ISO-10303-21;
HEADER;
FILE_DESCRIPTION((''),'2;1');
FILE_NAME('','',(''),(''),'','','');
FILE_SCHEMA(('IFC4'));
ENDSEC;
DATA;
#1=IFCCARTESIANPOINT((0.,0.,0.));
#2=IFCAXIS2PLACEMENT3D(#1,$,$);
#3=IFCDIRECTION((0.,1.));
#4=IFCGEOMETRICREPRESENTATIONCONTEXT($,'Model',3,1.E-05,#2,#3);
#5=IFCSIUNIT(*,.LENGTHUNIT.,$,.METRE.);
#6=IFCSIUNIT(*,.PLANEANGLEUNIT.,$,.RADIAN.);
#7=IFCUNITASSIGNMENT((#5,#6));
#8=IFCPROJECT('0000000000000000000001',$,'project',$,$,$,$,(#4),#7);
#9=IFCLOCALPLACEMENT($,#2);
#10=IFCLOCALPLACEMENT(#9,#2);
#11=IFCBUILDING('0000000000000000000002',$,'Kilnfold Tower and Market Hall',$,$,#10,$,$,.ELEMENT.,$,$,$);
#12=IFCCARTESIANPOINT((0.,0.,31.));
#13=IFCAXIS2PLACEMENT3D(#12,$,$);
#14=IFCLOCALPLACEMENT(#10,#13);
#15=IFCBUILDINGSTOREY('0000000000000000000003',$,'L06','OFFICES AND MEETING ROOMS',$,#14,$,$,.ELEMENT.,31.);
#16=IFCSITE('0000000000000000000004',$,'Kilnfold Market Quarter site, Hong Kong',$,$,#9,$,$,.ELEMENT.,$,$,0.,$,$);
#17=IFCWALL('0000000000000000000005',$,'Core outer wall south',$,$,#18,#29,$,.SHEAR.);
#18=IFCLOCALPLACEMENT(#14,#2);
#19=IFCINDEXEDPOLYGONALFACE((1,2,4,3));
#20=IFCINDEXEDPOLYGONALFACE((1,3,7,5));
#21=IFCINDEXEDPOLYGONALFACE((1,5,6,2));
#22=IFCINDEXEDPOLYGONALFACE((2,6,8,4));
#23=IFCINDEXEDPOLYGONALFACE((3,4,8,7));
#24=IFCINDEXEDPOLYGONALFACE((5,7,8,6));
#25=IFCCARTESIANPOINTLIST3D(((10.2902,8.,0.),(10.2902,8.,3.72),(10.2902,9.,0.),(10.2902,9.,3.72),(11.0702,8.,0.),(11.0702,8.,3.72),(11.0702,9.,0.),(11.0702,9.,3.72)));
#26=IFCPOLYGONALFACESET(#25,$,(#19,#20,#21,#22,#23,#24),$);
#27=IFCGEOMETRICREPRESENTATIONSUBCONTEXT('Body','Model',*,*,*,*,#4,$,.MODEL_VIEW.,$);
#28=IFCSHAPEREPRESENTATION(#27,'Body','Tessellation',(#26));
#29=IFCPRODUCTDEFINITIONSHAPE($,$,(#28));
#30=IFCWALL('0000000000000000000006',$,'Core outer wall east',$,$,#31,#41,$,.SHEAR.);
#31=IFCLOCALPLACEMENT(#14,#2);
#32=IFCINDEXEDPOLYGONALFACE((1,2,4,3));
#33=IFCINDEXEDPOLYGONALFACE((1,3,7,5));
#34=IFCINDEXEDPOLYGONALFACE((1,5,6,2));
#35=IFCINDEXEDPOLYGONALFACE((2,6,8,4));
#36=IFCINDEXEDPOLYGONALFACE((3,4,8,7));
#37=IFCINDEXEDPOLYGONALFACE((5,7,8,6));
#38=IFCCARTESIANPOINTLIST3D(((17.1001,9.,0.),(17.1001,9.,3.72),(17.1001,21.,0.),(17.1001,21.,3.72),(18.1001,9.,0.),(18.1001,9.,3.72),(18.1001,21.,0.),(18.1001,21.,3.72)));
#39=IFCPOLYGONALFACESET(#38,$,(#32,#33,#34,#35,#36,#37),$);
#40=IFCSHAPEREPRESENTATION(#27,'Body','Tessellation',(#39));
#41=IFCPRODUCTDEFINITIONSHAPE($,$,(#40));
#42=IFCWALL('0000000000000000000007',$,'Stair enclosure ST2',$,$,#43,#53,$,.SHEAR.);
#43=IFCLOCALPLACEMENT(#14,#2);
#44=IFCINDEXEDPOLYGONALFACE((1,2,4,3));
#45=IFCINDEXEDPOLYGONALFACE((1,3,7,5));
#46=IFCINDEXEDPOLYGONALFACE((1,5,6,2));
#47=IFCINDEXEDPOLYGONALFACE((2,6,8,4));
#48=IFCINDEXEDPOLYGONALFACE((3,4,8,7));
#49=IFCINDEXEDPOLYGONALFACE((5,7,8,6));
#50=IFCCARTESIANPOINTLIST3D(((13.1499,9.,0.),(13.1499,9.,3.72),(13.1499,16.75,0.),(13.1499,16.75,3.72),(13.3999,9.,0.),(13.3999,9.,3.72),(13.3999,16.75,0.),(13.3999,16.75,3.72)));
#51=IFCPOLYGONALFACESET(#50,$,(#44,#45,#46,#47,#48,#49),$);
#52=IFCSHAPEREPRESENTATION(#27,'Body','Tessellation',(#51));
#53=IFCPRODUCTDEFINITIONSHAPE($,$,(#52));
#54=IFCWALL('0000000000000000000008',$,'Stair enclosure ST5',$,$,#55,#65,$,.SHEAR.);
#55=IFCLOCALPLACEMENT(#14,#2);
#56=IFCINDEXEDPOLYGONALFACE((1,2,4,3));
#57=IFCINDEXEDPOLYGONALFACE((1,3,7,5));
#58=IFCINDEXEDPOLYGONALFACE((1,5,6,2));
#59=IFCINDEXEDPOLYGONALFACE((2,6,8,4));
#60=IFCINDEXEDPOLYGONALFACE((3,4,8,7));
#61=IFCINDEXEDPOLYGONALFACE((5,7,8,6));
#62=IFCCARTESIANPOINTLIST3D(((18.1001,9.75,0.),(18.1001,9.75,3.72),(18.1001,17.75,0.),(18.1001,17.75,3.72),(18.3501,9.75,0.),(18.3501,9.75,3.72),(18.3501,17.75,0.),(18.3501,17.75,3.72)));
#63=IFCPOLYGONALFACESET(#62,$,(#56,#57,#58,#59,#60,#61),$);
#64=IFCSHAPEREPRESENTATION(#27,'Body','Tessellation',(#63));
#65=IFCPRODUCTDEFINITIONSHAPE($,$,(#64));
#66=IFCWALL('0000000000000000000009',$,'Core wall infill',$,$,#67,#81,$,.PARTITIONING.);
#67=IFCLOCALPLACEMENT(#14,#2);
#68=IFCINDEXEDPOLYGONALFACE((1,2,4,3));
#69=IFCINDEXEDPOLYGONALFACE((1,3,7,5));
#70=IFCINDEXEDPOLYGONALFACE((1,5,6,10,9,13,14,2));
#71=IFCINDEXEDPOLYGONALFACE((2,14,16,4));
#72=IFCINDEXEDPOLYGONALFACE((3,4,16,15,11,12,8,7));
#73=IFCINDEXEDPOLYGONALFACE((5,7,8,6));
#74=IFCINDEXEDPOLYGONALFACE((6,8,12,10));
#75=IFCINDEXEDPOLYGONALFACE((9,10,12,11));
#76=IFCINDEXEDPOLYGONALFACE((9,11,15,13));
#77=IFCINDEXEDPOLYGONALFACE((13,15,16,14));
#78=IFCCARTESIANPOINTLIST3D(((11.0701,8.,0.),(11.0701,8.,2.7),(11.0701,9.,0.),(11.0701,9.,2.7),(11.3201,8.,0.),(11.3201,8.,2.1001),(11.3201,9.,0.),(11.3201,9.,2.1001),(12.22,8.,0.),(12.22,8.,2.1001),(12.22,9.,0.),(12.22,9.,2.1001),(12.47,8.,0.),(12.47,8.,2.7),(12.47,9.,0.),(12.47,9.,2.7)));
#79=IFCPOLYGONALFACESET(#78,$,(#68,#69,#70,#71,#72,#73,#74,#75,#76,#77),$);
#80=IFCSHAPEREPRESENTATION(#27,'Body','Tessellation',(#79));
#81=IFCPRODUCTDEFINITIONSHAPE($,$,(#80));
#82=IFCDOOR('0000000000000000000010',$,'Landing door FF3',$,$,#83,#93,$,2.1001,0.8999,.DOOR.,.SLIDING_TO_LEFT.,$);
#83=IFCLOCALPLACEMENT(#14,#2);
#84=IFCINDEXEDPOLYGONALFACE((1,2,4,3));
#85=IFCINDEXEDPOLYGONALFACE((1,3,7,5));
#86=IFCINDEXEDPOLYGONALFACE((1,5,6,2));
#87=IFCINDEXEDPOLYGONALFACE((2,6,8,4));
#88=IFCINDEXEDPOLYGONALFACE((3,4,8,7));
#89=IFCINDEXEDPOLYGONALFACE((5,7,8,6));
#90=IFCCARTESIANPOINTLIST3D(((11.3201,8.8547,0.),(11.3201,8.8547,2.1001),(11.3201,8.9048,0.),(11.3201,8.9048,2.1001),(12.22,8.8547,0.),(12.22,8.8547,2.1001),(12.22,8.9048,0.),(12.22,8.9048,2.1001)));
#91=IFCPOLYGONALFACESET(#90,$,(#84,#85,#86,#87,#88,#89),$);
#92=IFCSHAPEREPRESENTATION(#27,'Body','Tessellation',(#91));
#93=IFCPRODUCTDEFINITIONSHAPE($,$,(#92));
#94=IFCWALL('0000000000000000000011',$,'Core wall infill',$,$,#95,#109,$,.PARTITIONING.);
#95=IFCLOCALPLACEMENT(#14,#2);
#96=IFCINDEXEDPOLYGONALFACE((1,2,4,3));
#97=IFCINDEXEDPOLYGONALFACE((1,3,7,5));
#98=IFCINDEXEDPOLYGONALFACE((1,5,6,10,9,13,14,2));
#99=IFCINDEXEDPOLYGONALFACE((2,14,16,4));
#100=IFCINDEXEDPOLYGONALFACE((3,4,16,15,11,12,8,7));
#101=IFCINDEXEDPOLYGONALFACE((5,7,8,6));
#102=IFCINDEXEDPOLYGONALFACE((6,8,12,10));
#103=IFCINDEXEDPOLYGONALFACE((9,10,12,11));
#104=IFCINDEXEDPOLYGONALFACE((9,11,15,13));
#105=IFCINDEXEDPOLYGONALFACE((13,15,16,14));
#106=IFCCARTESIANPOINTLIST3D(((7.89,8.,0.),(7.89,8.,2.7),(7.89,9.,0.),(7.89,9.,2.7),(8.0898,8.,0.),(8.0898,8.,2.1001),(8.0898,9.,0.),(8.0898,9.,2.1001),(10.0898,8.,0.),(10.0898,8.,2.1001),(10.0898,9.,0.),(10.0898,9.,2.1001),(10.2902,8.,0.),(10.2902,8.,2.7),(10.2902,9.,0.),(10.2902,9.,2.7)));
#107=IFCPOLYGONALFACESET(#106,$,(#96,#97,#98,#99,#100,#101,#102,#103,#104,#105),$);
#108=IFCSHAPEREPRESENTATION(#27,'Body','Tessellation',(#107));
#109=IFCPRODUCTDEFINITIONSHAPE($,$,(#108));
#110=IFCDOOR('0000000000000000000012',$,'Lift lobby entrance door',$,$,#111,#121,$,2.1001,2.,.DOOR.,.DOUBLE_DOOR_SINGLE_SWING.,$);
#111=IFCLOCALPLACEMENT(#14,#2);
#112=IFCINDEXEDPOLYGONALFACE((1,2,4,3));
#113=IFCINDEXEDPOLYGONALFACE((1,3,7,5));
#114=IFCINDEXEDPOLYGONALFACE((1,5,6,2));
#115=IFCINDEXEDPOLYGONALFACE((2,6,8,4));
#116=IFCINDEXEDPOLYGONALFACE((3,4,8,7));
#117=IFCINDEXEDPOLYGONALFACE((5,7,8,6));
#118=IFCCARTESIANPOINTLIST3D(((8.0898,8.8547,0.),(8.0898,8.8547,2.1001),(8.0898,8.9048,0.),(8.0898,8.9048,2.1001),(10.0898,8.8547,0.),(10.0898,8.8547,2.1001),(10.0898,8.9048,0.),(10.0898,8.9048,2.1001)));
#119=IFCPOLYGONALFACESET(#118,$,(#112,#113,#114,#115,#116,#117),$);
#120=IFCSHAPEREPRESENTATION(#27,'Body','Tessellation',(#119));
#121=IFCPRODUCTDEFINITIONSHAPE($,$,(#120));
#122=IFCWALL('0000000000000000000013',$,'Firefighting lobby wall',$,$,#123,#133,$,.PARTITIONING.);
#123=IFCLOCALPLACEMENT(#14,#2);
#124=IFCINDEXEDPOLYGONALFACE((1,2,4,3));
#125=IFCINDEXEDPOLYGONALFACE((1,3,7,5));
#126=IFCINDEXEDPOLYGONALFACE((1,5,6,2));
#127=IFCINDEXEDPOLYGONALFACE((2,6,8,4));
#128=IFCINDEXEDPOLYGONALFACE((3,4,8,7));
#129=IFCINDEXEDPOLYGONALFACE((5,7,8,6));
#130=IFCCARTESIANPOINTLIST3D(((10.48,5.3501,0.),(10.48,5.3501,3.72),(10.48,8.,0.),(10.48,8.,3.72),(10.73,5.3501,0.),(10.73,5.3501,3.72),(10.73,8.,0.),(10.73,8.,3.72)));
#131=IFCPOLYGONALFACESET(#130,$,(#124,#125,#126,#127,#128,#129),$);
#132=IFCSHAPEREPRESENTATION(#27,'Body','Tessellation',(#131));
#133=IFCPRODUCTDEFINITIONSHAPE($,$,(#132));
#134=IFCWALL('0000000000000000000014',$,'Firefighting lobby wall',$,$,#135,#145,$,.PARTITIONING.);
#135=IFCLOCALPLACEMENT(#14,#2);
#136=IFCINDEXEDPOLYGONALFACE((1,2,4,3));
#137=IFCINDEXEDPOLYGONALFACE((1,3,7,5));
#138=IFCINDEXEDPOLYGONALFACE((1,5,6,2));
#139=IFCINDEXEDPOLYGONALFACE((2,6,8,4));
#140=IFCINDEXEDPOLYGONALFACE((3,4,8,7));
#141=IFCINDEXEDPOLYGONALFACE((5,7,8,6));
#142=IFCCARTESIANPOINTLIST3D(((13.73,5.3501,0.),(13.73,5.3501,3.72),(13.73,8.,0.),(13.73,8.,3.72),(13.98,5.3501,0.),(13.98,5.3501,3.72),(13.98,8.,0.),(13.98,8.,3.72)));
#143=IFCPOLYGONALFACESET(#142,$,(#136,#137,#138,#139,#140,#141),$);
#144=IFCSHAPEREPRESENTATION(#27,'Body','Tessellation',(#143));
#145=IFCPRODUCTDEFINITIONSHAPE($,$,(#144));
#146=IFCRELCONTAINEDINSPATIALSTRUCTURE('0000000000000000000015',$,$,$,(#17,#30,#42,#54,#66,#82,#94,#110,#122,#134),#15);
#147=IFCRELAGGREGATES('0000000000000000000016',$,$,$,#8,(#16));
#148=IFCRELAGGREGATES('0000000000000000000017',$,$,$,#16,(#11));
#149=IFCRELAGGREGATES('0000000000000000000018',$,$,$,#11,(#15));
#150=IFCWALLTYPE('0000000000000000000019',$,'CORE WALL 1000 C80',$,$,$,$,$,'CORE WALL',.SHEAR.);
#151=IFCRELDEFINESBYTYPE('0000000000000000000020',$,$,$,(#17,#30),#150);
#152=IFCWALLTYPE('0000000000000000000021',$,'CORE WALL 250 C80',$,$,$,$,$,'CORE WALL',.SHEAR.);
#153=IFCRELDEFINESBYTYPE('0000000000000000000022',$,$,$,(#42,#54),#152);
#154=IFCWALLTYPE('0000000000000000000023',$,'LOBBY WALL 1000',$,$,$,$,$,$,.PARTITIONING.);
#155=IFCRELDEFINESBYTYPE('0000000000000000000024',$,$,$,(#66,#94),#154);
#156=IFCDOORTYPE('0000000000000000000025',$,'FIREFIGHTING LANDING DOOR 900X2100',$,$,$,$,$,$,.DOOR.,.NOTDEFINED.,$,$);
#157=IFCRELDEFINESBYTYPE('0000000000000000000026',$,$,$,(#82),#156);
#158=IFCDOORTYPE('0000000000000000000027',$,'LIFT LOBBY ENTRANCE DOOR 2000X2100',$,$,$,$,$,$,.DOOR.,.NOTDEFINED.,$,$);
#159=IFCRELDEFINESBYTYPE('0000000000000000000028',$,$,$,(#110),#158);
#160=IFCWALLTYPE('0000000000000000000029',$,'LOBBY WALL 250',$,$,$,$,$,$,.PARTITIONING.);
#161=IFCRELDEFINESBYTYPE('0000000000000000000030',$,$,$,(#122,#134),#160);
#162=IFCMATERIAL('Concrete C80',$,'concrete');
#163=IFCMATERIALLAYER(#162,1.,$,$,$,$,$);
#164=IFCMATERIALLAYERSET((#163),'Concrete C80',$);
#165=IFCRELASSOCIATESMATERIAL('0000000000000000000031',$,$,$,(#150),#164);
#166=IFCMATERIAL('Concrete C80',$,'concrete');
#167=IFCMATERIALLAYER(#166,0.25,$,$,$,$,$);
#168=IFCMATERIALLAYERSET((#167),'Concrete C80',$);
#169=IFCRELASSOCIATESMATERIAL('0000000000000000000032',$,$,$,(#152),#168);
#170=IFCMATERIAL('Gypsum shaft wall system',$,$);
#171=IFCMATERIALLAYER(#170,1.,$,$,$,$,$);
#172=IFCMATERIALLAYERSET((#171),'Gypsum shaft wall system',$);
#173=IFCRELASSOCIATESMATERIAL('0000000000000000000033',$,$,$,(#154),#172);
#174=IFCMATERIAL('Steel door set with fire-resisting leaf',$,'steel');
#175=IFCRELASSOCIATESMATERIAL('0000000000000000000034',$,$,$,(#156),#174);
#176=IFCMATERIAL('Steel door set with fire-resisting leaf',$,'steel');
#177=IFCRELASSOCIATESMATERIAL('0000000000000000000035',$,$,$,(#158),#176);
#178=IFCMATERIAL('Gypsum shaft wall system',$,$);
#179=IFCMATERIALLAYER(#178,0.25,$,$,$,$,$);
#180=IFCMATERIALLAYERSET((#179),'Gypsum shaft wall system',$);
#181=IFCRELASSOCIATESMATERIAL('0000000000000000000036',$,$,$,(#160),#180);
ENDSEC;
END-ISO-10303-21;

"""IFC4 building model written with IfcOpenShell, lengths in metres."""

from ifc_helpers import new_model, si_unit, direction, frame, frame_2d, origin, place, context, subcontext, project, spatial, rectangle, extrude, source, transform, mapped, material, layer, layer_set, type_object, element, fill, save


model = new_model("IFC4")

# Units and contexts
model_context = context("Model", 3, precision=1e-05, world=origin(), true_north=direction((0.0, 1.0)))
body_context = subcontext(model_context, "Body", "Model", "MODEL_VIEW")
ifc_project = project(units=[si_unit("LENGTHUNIT", "METRE"), si_unit("PLANEANGLEUNIT", "RADIAN")], contexts=[model_context])

# Site, building, storey
site_placement = place(None, origin())
site = spatial("IfcSite", under=ifc_project, at=site_placement, Name="Kilnfold Market Quarter site, Hong Kong", CompositionType="ELEMENT", RefElevation=0.0)
building_placement = place(site_placement, origin())
building = spatial("IfcBuilding", under=site, at=building_placement, Name="Kilnfold Tower and Market Hall", CompositionType="ELEMENT")
storey_placement = place(building_placement, frame((0.0, 0.0, 31.0)))
storey = spatial("IfcBuildingStorey", under=building, at=storey_placement, Name="L06", Description="OFFICES AND MEETING ROOMS", CompositionType="ELEMENT", Elevation=31.0)

# Wall
ifc_material_1 = material(Name="Concrete C80", Category="concrete")
ifc_layer_1 = layer(ifc_material_1, 1.0)
ifc_layer_set_1 = layer_set([ifc_layer_1], Name="Concrete C80")
wall_type_1 = type_object("IfcWallType", Name="CORE WALL 1000 C80", ElementType="CORE WALL", PredefinedType="SHEAR", material=ifc_layer_set_1)
shared_shape_1 = source(origin(), body_context, "Body", "SweptSolid", [
    extrude(rectangle(XDim=0.78, YDim=1.0, at=frame_2d((0.3901, 0.0))), origin(), (0.0, 0.0, 1.0), 3.72),
])
wall_1_placement = place(storey_placement, frame((10.29, 8.5, 0.0), z_axis=(0.0, 0.0, 1.0), x_axis=(1.0, 0.0, 0.0)))
element("IfcWall", 1, at=wall_1_placement, inside=storey, type_object=wall_type_1, Name="Core outer wall south", PredefinedType="SHEAR", context=body_context, shape_type="MappedRepresentation", body=[
    mapped(shared_shape_1, transform((0.0, 0.0, 0.0))),
])

# Walls
shared_shape_2 = source(origin(), body_context, "Body", "SweptSolid", [
    extrude(rectangle(XDim=12.0, YDim=1.0, at=frame_2d((6.0, 0.0))), origin(), (0.0, 0.0, 1.0), 3.72),
])
wall_2_placement = place(storey_placement, frame((17.6001, 9.0, 0.0), z_axis=(0.0, 0.0, 1.0), x_axis=(0.0, 1.0, 0.0)))
element("IfcWall", 2, at=wall_2_placement, inside=storey, type_object=wall_type_1, Name="Core outer wall east", PredefinedType="SHEAR", context=body_context, shape_type="MappedRepresentation", body=[
    mapped(shared_shape_2, transform((0.0, 0.0, 0.0))),
])
ifc_material_2 = material(Name="Concrete C80", Category="concrete")
ifc_layer_2 = layer(ifc_material_2, 0.25)
ifc_layer_set_2 = layer_set([ifc_layer_2], Name="Concrete C80")
wall_type_2 = type_object("IfcWallType", Name="CORE WALL 250 C80", ElementType="CORE WALL", PredefinedType="SHEAR", material=ifc_layer_set_2)
shared_shape_3 = source(origin(), body_context, "Body", "SweptSolid", [
    extrude(rectangle(XDim=7.75, YDim=0.25, at=frame_2d((3.875, 0.0))), origin(), (0.0, 0.0, 1.0), 3.72),
])
wall_3_placement = place(storey_placement, frame((13.2749, 9.0, 0.0), z_axis=(0.0, 0.0, 1.0), x_axis=(0.0, 1.0, 0.0)))
element("IfcWall", 3, at=wall_3_placement, inside=storey, type_object=wall_type_2, Name="Stair enclosure ST2", PredefinedType="SHEAR", context=body_context, shape_type="MappedRepresentation", body=[
    mapped(shared_shape_3, transform((0.0, 0.0, 0.0))),
])
shared_shape_4 = source(origin(), body_context, "Body", "SweptSolid", [
    extrude(rectangle(XDim=8.0, YDim=0.25, at=frame_2d((4.0, 0.0))), origin(), (0.0, 0.0, 1.0), 3.72),
])
wall_4_placement = place(storey_placement, frame((18.2251, 9.75, 0.0), z_axis=(0.0, 0.0, 1.0), x_axis=(0.0, 1.0, 0.0)))
element("IfcWall", 4, at=wall_4_placement, inside=storey, type_object=wall_type_2, Name="Stair enclosure ST5", PredefinedType="SHEAR", context=body_context, shape_type="MappedRepresentation", body=[
    mapped(shared_shape_4, transform((0.0, 0.0, 0.0))),
])

# Walls, openings, doors
ifc_material_3 = material(Name="Gypsum shaft wall system")
ifc_layer_3 = layer(ifc_material_3, 1.0)
ifc_layer_set_3 = layer_set([ifc_layer_3], Name="Gypsum shaft wall system")
wall_type_3 = type_object("IfcWallType", Name="LOBBY WALL 1000", PredefinedType="PARTITIONING", material=ifc_layer_set_3)
shared_shape_5 = source(origin(), body_context, "Body", "SweptSolid", [
    extrude(rectangle(XDim=1.3999, YDim=1.0, at=frame_2d((0.7, 0.0))), origin(), (0.0, 0.0, 1.0), 2.7),
])
wall_5_placement = place(storey_placement, frame((11.0701, 8.5, 0.0), z_axis=(0.0, 0.0, 1.0), x_axis=(1.0, 0.0, 0.0)))
wall_5 = element("IfcWall", 5, at=wall_5_placement, inside=storey, type_object=wall_type_3, Name="Core wall infill", PredefinedType="PARTITIONING", context=body_context, shape_type="MappedRepresentation", body=[
    mapped(shared_shape_5, transform((0.0, 0.0, 0.0))),
])
opening_1_placement = place(wall_5_placement, frame((0.25, 0.0, 0.0)))
opening_1 = element("IfcOpeningElement", 6, at=opening_1_placement, cuts=wall_5, PredefinedType="OPENING", context=body_context, shape_type="SweptSolid", body=[
    extrude(rectangle(XDim=0.8999, YDim=2.1001, at=frame_2d((0.45, 1.05))), frame((0.0, 0.51, 0.0), z_axis=(0.0, -1.0, 0.0), x_axis=(1.0, 0.0, 0.0)), (0.0, 0.0, 1.0), 1.02),
])
ifc_material_4 = material(Name="Steel door set with fire-resisting leaf", Category="steel")
door_type_1 = type_object("IfcDoorType", Name="FIREFIGHTING LANDING DOOR 900X2100", OperationType="NOTDEFINED", PredefinedType="DOOR", material=ifc_material_4)
door_1_placement = place(opening_1_placement, origin())
door_1 = element("IfcDoor", 7, at=door_1_placement, inside=storey, type_object=door_type_1, Name="Landing door FF3", OperationType="SLIDING_TO_LEFT", OverallHeight=2.1001, OverallWidth=0.8999, PredefinedType="DOOR", context=body_context, shape_type="SweptSolid", body=[
    extrude(rectangle(XDim=0.8999, YDim=2.1001, at=frame_2d((0.45, 1.05))), frame((0.0, 0.4048, 0.0), z_axis=(0.0, -1.0, 0.0), x_axis=(1.0, 0.0, 0.0)), (0.0, 0.0, 1.0), 0.05),
])
fill(opening_1, door_1)
shared_shape_6 = source(origin(), body_context, "Body", "SweptSolid", [
    extrude(rectangle(XDim=2.4001, YDim=1.0, at=frame_2d((1.2002, 0.0))), origin(), (0.0, 0.0, 1.0), 2.7),
])
wall_6_placement = place(storey_placement, frame((7.8899, 8.5, 0.0), z_axis=(0.0, 0.0, 1.0), x_axis=(1.0, 0.0, 0.0)))
wall_6 = element("IfcWall", 8, at=wall_6_placement, inside=storey, type_object=wall_type_3, Name="Core wall infill", PredefinedType="PARTITIONING", context=body_context, shape_type="MappedRepresentation", body=[
    mapped(shared_shape_6, transform((0.0, 0.0, 0.0))),
])
opening_2_placement = place(wall_6_placement, frame((0.2, 0.0, 0.0)))
opening_2 = element("IfcOpeningElement", 9, at=opening_2_placement, cuts=wall_6, PredefinedType="OPENING", context=body_context, shape_type="SweptSolid", body=[
    extrude(rectangle(XDim=2.0, YDim=2.1001, at=frame_2d((1.0, 1.05))), frame((0.0, 0.51, 0.0), z_axis=(0.0, -1.0, 0.0), x_axis=(1.0, 0.0, 0.0)), (0.0, 0.0, 1.0), 1.02),
])
ifc_material_5 = material(Name="Steel door set with fire-resisting leaf", Category="steel")
door_type_2 = type_object("IfcDoorType", Name="LIFT LOBBY ENTRANCE DOOR 2000X2100", OperationType="NOTDEFINED", PredefinedType="DOOR", material=ifc_material_5)
door_2_placement = place(opening_2_placement, origin())
door_2 = element("IfcDoor", 10, at=door_2_placement, inside=storey, type_object=door_type_2, Name="Lift lobby entrance door", OperationType="DOUBLE_DOOR_SINGLE_SWING", OverallHeight=2.1001, OverallWidth=2.0, PredefinedType="DOOR", context=body_context, shape_type="SweptSolid", body=[
    extrude(rectangle(XDim=2.0, YDim=2.1001, at=frame_2d((1.0, 1.05))), frame((0.0, 0.4048, 0.0), z_axis=(0.0, -1.0, 0.0), x_axis=(1.0, 0.0, 0.0)), (0.0, 0.0, 1.0), 0.05),
])
fill(opening_2, door_2)

# Walls
ifc_material_6 = material(Name="Gypsum shaft wall system")
ifc_layer_4 = layer(ifc_material_6, 0.25)
ifc_layer_set_4 = layer_set([ifc_layer_4], Name="Gypsum shaft wall system")
wall_type_4 = type_object("IfcWallType", Name="LOBBY WALL 250", PredefinedType="PARTITIONING", material=ifc_layer_set_4)
shared_shape_7 = source(origin(), body_context, "Body", "SweptSolid", [
    extrude(rectangle(XDim=2.6499, YDim=0.25, at=frame_2d((1.325, 0.0))), origin(), (0.0, 0.0, 1.0), 3.72),
])
for number, where, z_axis, x_axis, name in (
    (11, (10.605, 5.3501, 0.0), (0.0, 0.0, 1.0), (0.0, 1.0, 0.0), "Firefighting lobby wall"),
    (12, (13.855, 5.3501, 0.0), (0.0, 0.0, 1.0), (0.0, 1.0, 0.0), "Firefighting lobby wall"),
):
    element("IfcWall", number, at=place(storey_placement, frame(where, z_axis=z_axis, x_axis=x_axis)), inside=storey, type_object=wall_type_4, Name=name, PredefinedType="PARTITIONING", context=body_context, shape_type="MappedRepresentation", body=[
        mapped(shared_shape_7, transform((0.0, 0.0, 0.0))),
    ])

save(model, "model.ifc")
